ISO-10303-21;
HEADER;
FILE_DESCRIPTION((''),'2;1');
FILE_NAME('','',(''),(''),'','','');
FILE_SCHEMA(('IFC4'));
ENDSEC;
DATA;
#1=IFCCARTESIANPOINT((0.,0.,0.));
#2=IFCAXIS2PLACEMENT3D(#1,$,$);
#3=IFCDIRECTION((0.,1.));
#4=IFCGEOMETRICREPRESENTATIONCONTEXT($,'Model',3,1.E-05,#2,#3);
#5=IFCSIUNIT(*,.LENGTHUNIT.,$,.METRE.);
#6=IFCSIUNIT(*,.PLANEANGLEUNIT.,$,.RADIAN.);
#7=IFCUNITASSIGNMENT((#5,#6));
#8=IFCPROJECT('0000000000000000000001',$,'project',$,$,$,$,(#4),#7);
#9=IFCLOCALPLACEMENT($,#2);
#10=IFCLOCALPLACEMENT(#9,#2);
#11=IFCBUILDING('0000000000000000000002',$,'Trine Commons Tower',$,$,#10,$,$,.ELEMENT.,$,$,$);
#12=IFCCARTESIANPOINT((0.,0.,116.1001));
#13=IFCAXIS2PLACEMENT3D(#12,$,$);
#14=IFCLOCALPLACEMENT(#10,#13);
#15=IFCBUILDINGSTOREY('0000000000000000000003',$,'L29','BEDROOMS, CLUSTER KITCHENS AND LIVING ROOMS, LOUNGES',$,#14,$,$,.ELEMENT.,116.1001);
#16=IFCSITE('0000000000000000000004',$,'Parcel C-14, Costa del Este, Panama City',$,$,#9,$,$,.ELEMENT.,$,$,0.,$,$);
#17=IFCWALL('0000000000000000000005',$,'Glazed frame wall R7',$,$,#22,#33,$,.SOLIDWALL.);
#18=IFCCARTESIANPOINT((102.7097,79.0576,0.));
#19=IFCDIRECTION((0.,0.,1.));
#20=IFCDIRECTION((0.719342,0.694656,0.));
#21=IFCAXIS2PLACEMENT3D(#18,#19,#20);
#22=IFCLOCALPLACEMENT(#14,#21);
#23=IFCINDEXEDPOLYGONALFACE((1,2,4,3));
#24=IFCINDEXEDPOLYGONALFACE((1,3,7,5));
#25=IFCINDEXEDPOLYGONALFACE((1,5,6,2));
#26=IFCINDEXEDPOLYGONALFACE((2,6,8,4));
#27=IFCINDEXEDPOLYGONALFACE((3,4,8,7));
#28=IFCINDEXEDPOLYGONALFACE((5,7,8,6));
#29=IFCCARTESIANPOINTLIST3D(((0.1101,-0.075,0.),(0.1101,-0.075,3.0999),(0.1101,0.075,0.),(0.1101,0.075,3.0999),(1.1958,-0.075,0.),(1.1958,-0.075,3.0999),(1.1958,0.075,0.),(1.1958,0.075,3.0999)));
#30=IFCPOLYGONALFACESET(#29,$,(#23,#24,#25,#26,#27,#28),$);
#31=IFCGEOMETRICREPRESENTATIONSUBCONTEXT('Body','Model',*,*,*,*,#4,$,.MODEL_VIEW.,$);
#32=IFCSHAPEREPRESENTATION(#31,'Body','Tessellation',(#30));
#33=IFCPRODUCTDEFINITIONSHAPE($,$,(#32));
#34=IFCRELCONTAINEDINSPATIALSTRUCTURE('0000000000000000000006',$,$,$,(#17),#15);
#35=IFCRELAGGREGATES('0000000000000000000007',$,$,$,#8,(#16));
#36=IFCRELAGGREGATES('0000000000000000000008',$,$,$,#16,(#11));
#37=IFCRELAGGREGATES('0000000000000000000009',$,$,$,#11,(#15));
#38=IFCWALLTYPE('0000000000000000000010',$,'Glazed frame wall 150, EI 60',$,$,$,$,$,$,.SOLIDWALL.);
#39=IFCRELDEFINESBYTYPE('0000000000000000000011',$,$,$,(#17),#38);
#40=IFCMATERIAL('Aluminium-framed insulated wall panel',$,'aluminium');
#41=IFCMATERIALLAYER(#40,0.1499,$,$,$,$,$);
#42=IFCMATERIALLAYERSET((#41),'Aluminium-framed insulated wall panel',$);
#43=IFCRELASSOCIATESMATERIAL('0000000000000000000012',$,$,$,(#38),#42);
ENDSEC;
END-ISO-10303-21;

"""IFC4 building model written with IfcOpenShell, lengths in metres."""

from ifc_helpers import new_model, si_unit, direction, frame, origin, place, context, subcontext, project, spatial, polyline, outline, extrude, material, layer, layer_set, type_object, element, save


model = new_model("IFC4")

# Units and contexts
model_context = context("Model", 3, precision=1e-05, world=origin(), true_north=direction((0.0, 1.0)))
body_context = subcontext(model_context, "Body", "Model", "MODEL_VIEW")
ifc_project = project(units=[si_unit("LENGTHUNIT", "METRE"), si_unit("PLANEANGLEUNIT", "RADIAN")], contexts=[model_context])

# Site, building, storey
site_placement = place(None, origin())
site = spatial("IfcSite", under=ifc_project, at=site_placement, Name="Parcel C-14, Costa del Este, Panama City", CompositionType="ELEMENT", RefElevation=0.0)
building_placement = place(site_placement, origin())
building = spatial("IfcBuilding", under=site, at=building_placement, Name="Trine Commons Tower", CompositionType="ELEMENT")
storey_placement = place(building_placement, frame((0.0, 0.0, 116.1001)))
storey = spatial("IfcBuildingStorey", under=building, at=storey_placement, Name="L29", Description="BEDROOMS, CLUSTER KITCHENS AND LIVING ROOMS, LOUNGES", CompositionType="ELEMENT", Elevation=116.1001)

# Wall
ifc_material_1 = material(Name="Aluminium-framed insulated wall panel", Category="aluminium")
ifc_layer_1 = layer(ifc_material_1, 0.1499)
ifc_layer_set_1 = layer_set([ifc_layer_1], Name="Aluminium-framed insulated wall panel")
wall_type_1 = type_object("IfcWallType", Name="Glazed frame wall 150, EI 60", PredefinedType="SOLIDWALL", material=ifc_layer_set_1)
wall_1_placement = place(storey_placement, frame((102.7097, 79.0576, 0.0), z_axis=(0.0, 0.0, 1.0), x_axis=(0.719342, 0.694656, 0.0)))
element("IfcWall", 1, at=wall_1_placement, inside=storey, type_object=wall_type_1, Name="Glazed frame wall R7", PredefinedType="SOLIDWALL", context=body_context, shape_type="SweptSolid", body=[
    extrude(outline(polyline([(0.1101, 0.075), (0.1101, -0.075), (1.1958, -0.075), (1.1958, 0.075), (0.1101, 0.075)])), origin(), (0.0, 0.0, 1.0), 3.0999),
])

save(model, "model.ifc")
